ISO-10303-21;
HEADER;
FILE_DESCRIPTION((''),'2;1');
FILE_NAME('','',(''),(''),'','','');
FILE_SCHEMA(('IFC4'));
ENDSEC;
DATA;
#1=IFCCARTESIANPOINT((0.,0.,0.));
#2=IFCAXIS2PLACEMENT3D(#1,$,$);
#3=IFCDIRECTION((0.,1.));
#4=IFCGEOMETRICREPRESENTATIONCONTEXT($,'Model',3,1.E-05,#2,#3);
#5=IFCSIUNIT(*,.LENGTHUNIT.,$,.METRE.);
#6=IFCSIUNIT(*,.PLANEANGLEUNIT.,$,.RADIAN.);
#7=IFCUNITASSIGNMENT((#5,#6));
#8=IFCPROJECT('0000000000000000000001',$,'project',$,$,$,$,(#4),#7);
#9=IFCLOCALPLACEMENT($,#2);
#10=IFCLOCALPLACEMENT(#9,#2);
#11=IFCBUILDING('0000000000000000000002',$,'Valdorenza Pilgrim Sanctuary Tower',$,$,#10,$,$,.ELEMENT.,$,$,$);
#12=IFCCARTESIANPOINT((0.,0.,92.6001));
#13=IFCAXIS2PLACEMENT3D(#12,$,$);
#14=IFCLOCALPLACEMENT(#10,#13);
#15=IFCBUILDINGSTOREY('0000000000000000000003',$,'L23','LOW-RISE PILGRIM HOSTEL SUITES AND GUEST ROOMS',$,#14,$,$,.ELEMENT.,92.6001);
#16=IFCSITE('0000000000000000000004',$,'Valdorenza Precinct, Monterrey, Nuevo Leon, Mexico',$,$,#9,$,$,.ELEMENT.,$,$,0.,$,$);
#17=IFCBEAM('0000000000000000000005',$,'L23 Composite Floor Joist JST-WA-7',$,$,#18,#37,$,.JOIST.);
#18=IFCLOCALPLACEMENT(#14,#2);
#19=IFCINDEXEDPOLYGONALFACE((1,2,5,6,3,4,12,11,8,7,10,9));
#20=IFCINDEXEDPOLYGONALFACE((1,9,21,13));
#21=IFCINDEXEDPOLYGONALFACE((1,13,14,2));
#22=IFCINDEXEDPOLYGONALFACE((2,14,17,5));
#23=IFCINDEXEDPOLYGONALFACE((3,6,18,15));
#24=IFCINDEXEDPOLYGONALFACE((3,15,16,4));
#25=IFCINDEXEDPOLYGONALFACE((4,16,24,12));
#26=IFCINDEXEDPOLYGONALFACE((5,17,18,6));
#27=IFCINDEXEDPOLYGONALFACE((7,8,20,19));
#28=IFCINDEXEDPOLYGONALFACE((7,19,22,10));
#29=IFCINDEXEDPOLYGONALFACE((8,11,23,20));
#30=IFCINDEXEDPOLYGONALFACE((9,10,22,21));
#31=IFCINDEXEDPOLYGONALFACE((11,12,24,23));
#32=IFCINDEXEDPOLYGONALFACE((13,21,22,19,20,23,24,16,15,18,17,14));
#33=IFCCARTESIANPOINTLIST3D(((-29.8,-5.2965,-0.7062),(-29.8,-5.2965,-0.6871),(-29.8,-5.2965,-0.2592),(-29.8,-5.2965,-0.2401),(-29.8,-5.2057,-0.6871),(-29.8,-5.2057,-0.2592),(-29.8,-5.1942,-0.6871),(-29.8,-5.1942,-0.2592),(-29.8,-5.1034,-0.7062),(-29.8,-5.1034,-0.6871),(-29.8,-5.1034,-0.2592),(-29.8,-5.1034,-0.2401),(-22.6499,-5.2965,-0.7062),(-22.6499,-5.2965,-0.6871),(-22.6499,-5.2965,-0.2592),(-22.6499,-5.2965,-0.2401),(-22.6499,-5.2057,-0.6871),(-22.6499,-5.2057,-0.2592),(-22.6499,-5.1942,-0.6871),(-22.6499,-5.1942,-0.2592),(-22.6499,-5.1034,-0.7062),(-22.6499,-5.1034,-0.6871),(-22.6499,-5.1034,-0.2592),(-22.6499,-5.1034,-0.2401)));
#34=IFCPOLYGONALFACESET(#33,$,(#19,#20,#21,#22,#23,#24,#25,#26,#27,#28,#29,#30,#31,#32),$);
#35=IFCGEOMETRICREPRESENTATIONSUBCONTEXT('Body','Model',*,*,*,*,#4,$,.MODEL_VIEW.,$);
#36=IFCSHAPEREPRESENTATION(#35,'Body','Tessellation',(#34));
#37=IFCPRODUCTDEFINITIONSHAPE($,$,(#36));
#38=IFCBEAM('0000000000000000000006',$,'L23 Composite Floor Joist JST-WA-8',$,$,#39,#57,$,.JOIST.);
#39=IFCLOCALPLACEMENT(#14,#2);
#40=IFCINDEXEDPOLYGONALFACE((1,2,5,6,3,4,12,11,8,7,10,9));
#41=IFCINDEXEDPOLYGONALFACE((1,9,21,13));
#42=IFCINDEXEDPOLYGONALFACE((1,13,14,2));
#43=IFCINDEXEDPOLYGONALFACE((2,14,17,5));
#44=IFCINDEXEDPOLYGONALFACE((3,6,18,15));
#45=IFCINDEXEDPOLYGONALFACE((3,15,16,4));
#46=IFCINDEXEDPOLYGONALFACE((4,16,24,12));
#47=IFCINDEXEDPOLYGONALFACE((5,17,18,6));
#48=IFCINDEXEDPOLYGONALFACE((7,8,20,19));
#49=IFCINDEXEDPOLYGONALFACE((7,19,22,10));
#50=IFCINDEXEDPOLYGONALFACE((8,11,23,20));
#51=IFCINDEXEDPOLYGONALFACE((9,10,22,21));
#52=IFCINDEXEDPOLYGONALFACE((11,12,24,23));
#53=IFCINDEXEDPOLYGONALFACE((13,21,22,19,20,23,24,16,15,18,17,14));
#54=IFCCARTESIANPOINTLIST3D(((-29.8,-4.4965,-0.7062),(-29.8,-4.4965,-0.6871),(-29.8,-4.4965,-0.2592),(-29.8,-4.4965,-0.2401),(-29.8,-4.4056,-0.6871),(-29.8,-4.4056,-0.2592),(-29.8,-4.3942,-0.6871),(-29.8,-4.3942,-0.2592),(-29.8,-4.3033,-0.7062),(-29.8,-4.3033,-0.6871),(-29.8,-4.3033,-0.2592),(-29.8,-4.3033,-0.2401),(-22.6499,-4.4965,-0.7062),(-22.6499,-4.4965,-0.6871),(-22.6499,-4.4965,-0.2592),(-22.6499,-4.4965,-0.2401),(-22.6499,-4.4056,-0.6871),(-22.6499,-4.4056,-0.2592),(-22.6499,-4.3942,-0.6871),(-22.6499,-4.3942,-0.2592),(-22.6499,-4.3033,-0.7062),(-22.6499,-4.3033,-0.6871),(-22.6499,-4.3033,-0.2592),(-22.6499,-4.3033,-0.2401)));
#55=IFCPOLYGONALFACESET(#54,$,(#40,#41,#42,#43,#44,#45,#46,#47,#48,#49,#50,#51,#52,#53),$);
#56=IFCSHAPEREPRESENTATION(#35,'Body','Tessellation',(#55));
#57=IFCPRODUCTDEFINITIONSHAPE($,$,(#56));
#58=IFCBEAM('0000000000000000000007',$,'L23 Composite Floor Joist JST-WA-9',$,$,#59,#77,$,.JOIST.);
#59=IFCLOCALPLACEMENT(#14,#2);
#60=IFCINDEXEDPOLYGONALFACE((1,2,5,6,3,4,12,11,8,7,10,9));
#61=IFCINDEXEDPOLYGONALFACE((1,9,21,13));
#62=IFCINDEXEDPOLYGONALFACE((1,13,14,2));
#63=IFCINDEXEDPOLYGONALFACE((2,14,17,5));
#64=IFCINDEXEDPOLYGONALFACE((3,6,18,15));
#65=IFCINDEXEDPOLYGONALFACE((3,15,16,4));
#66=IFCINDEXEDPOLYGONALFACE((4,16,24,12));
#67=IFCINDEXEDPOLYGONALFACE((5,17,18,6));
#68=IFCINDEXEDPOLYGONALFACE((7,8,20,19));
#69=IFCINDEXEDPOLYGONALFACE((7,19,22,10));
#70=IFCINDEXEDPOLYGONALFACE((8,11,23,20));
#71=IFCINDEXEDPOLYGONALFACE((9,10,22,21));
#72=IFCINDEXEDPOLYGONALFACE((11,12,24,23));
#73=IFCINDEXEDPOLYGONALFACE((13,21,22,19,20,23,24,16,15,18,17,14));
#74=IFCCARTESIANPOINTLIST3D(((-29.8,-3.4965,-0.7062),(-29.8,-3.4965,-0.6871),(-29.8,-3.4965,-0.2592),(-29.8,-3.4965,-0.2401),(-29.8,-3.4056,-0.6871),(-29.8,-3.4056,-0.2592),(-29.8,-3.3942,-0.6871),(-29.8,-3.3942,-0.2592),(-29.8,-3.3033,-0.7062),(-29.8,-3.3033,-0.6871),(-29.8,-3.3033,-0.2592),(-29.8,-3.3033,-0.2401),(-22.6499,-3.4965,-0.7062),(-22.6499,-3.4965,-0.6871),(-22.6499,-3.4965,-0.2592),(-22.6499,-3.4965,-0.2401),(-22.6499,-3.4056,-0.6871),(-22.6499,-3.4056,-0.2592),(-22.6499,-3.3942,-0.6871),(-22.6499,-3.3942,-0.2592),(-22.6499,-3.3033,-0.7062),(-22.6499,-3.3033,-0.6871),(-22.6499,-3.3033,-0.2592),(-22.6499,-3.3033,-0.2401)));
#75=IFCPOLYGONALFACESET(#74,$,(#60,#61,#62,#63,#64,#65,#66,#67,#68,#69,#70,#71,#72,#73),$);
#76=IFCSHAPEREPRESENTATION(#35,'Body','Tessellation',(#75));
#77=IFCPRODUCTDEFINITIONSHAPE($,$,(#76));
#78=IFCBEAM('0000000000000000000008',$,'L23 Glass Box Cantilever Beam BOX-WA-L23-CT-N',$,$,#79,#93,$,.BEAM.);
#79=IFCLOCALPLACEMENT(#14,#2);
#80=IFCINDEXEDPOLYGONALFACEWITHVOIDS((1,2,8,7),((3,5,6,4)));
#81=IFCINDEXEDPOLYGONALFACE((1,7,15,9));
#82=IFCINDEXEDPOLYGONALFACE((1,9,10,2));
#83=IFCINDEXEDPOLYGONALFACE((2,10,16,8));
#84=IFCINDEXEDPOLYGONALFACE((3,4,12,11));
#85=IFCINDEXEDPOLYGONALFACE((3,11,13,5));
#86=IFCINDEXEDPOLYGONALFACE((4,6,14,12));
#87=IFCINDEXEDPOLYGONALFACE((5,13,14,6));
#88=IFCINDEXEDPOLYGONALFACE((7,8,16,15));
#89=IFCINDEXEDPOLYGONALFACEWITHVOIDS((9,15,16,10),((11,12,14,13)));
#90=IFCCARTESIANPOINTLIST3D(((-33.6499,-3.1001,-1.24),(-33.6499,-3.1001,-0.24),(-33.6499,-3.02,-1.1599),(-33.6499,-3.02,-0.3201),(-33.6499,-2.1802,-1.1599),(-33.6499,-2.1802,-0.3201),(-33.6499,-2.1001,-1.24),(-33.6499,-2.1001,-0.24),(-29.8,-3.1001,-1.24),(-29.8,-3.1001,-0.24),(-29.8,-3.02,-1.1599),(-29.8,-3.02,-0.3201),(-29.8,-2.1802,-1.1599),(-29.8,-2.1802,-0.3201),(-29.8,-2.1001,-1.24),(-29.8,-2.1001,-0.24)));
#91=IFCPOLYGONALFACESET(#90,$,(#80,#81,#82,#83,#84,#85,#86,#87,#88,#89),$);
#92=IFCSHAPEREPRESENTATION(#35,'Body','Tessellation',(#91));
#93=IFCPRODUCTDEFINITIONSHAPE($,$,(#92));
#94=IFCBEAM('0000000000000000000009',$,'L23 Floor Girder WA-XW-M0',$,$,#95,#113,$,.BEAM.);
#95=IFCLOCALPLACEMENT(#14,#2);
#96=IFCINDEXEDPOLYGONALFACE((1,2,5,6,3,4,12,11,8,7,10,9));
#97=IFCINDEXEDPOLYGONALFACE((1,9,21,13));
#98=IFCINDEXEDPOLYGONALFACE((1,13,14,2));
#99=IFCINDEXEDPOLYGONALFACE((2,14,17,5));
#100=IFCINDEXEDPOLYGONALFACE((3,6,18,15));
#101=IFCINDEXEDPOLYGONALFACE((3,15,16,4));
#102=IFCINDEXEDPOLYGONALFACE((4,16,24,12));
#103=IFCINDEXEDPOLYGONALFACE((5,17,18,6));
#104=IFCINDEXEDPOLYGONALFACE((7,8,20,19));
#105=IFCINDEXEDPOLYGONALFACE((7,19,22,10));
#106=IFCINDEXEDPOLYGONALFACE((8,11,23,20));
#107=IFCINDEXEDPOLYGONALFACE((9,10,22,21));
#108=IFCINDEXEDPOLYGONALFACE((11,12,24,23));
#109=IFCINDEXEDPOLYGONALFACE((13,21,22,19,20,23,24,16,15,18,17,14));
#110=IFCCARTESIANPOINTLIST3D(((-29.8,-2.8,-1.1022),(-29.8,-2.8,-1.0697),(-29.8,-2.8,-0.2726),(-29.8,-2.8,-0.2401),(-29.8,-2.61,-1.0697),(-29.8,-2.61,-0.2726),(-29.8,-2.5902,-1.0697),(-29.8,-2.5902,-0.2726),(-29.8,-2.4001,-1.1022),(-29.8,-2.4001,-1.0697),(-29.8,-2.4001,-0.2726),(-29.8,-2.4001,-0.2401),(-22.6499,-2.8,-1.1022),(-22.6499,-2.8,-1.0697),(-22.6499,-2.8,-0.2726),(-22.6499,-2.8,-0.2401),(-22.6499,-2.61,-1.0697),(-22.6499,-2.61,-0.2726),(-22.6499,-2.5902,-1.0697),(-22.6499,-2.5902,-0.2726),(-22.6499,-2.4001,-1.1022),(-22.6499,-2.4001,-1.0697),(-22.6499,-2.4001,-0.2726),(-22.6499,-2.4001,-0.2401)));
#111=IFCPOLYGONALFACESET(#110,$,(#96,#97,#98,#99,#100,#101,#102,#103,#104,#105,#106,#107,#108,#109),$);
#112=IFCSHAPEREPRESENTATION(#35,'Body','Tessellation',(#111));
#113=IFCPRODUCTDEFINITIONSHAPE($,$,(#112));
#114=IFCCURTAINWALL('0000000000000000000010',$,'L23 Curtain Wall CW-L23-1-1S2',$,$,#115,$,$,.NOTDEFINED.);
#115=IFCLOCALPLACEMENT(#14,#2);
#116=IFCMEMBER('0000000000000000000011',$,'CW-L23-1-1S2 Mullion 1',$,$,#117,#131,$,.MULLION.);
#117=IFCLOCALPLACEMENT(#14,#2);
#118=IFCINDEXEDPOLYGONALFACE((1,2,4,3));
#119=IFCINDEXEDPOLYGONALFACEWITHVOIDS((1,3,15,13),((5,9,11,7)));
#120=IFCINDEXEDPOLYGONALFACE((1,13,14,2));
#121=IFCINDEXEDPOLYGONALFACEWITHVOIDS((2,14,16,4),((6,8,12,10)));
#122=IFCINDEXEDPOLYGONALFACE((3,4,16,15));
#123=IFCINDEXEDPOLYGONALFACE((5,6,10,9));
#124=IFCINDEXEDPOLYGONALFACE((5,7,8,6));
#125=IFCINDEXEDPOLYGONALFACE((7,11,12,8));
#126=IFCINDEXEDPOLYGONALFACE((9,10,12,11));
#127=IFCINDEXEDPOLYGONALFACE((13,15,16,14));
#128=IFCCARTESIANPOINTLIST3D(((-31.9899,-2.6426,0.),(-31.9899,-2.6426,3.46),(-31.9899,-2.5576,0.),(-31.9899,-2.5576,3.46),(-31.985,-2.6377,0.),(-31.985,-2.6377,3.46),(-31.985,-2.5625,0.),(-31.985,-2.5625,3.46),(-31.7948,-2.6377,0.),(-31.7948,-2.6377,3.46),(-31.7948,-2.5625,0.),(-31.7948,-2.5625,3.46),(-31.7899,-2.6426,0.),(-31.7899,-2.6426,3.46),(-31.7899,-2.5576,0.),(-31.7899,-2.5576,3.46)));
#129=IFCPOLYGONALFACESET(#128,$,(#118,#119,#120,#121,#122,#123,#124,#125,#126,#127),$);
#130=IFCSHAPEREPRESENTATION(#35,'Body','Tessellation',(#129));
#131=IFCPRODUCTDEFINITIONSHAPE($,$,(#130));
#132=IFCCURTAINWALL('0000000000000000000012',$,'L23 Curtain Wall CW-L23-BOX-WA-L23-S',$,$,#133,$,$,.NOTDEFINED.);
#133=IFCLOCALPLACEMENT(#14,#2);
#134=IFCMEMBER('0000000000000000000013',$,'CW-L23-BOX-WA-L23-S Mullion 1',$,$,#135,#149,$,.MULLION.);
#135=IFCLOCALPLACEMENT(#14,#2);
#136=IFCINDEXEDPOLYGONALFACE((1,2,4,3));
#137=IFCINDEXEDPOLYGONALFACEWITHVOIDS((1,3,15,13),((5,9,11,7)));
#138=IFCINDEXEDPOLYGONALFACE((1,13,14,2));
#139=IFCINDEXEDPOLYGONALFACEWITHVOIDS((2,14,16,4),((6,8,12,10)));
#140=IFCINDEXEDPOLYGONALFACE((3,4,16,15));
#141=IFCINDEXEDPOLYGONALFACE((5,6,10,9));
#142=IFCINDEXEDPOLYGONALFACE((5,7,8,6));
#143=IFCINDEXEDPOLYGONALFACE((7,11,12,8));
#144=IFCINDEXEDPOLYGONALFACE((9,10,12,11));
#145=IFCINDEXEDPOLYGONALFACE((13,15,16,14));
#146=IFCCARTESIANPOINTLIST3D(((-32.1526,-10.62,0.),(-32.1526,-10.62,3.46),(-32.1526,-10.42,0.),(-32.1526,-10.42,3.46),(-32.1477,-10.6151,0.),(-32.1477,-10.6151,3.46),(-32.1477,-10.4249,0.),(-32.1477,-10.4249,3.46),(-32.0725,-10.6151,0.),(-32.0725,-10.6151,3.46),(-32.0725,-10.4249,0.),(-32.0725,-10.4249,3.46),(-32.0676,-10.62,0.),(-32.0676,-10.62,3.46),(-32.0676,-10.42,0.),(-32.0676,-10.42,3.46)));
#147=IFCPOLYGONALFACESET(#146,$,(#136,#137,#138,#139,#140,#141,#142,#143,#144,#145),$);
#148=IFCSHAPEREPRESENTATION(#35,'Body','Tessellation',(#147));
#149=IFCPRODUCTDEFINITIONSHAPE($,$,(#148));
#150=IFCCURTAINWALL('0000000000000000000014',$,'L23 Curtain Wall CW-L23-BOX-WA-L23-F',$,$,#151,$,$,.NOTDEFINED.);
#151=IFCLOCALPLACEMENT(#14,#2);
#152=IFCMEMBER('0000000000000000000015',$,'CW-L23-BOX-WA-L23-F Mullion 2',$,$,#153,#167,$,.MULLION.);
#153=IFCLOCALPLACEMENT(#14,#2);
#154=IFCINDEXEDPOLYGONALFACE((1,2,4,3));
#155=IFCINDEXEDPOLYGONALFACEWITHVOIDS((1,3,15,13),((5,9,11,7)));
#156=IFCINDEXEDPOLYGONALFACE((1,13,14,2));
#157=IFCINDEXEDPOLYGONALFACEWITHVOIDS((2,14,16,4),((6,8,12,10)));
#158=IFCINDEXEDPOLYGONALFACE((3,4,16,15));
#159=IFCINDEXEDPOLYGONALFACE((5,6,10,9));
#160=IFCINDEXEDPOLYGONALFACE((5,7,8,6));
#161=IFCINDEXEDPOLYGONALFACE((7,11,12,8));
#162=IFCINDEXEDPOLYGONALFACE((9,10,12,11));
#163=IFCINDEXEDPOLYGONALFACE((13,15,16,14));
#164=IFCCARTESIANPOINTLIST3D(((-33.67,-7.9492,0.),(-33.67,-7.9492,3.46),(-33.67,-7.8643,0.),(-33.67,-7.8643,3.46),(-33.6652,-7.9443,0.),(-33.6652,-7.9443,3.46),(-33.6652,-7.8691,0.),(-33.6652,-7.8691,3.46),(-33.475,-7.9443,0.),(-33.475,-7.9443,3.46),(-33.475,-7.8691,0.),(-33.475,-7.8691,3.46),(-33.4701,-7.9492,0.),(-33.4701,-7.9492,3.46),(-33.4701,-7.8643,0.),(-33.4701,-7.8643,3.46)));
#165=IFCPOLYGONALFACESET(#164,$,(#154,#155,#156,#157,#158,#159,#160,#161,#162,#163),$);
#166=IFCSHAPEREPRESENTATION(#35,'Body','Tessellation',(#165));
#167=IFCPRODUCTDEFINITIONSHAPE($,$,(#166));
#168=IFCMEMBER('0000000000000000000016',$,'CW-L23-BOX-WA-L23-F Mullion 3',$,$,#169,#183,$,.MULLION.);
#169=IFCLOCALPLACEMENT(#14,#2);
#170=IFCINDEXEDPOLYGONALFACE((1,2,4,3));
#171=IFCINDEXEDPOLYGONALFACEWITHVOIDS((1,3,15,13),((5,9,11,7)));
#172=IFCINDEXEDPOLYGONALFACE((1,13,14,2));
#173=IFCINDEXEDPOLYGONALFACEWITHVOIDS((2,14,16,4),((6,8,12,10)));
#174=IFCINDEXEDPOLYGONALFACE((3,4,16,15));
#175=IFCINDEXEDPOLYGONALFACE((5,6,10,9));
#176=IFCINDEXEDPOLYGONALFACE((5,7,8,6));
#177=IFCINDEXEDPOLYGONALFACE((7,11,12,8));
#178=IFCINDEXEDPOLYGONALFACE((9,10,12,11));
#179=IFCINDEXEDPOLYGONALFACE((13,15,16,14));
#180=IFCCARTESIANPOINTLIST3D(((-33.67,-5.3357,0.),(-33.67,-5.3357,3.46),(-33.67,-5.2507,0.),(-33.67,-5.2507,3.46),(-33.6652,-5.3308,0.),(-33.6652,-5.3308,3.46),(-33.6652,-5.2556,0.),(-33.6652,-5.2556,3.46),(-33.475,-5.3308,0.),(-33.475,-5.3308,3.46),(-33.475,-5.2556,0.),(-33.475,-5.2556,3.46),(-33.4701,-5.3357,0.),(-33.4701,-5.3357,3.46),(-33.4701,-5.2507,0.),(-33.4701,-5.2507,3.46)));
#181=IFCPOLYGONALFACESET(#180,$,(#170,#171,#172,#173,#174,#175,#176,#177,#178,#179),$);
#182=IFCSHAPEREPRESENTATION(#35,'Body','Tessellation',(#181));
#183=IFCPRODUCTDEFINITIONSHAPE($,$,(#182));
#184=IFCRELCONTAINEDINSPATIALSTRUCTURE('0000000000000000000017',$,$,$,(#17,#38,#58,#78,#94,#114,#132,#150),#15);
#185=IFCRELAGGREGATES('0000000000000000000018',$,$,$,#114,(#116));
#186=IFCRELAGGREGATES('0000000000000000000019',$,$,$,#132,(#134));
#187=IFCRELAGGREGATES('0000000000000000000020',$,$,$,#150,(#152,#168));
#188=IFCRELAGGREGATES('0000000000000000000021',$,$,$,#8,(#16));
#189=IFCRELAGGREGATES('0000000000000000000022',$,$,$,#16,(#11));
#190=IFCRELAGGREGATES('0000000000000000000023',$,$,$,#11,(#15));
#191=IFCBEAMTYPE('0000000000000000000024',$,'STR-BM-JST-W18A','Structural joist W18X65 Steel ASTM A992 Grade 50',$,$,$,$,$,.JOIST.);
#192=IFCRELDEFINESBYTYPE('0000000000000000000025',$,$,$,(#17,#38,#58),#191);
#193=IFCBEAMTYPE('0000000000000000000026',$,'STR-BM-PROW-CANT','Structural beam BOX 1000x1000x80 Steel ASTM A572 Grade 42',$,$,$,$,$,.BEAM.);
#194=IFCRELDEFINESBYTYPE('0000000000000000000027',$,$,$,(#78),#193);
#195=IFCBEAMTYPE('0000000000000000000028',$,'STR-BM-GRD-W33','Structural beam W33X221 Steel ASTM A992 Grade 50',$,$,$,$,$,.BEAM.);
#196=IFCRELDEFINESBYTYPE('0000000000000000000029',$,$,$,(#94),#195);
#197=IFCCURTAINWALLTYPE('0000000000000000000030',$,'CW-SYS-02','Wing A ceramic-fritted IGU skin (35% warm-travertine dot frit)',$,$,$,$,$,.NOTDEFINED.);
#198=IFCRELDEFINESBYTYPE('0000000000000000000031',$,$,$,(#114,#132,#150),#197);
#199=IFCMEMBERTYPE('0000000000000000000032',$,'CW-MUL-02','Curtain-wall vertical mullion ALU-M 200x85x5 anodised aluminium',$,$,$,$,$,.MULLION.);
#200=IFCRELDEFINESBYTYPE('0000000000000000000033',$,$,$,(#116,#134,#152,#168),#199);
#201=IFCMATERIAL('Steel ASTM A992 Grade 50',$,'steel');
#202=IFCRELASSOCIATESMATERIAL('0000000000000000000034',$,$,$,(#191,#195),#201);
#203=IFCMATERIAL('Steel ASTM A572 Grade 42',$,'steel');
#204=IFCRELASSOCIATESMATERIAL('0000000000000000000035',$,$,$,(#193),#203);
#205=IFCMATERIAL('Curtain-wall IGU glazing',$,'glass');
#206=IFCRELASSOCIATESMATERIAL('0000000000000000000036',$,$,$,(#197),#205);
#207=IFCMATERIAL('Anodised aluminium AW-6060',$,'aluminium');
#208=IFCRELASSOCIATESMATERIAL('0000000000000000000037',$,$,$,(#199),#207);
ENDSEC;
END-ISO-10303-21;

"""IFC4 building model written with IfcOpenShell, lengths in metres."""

from ifc_helpers import new_model, si_unit, direction, frame, origin, origin_2d, place, context, subcontext, project, spatial, hollow_rectangle, i_section, extrude, source, transform, mapped, material, material_profile, profile_set, type_object, element, aggregate, save


model = new_model("IFC4")

# Units and contexts
model_context = context("Model", 3, precision=1e-05, world=origin(), true_north=direction((0.0, 1.0)))
body_context = subcontext(model_context, "Body", "Model", "MODEL_VIEW")
ifc_project = project(units=[si_unit("LENGTHUNIT", "METRE"), si_unit("PLANEANGLEUNIT", "RADIAN")], contexts=[model_context])

# Site, building, storey
site_placement = place(None, origin())
site = spatial("IfcSite", under=ifc_project, at=site_placement, Name="Valdorenza Precinct, Monterrey, Nuevo Leon, Mexico", CompositionType="ELEMENT", RefElevation=0.0)
building_placement = place(site_placement, origin())
building = spatial("IfcBuilding", under=site, at=building_placement, Name="Valdorenza Pilgrim Sanctuary Tower", CompositionType="ELEMENT")
storey_placement = place(building_placement, frame((0.0, 0.0, 92.6001)))
storey = spatial("IfcBuildingStorey", under=building, at=storey_placement, Name="L23", Description="LOW-RISE PILGRIM HOSTEL SUITES AND GUEST ROOMS", CompositionType="ELEMENT", Elevation=92.6001)

# Beams
ifc_material_1 = material(Name="Steel ASTM A992 Grade 50", Category="steel")
ifc_material_profile_1 = material_profile(ifc_material_1, i_section(OverallWidth=0.1931, OverallDepth=0.4661, WebThickness=0.0115, FlangeThickness=0.019, at=origin_2d()), Name="W18X65")
ifc_profile_set_1 = profile_set([ifc_material_profile_1], Name="Steel ASTM A992 Grade 50")
beam_type_1 = type_object("IfcBeamType", Name="STR-BM-JST-W18A", Description="Structural joist W18X65 Steel ASTM A992 Grade 50", PredefinedType="JOIST", material=ifc_profile_set_1)
shared_shape_1 = source(origin(), body_context, "Body", "SweptSolid", [
    extrude(i_section(OverallWidth=0.1931, OverallDepth=0.4661, WebThickness=0.0115, FlangeThickness=0.019, at=origin_2d()), origin(), (0.0, 0.0, 1.0), 7.1501),
])
for number, where, z_axis, x_axis, name in (
    (1, (-29.8, -5.2, -0.4731), (1.0, 0.0, 0.0), (0.0, 1.0, 0.0), "L23 Composite Floor Joist JST-WA-7"),
    (2, (-29.8, -4.3999, -0.4731), (1.0, 0.0, 0.0), (0.0, 1.0, 0.0), "L23 Composite Floor Joist JST-WA-8"),
    (3, (-29.8, -3.3999, -0.4731), (1.0, 0.0, 0.0), (0.0, 1.0, 0.0), "L23 Composite Floor Joist JST-WA-9"),
):
    element("IfcBeam", number, at=place(storey_placement, frame(where, z_axis=z_axis, x_axis=x_axis)), inside=storey, type_object=beam_type_1, Name=name, PredefinedType="JOIST", context=body_context, shape_type="MappedRepresentation", body=[
        mapped(shared_shape_1, transform((0.0, 0.0, 0.0), x_axis=(1.0, 0.0, 0.0), y_axis=(0.0, 1.0, 0.0), z_axis=(0.0, 0.0, 1.0), scale=1.0)),
    ])
ifc_material_2 = material(Name="Steel ASTM A572 Grade 42", Category="steel")
ifc_material_profile_2 = material_profile(ifc_material_2, hollow_rectangle(XDim=1.0, YDim=1.0, WallThickness=0.0801, at=origin_2d()), Name="BOX 1000x1000x80")
ifc_profile_set_2 = profile_set([ifc_material_profile_2], Name="Steel ASTM A572 Grade 42")
beam_type_2 = type_object("IfcBeamType", Name="STR-BM-PROW-CANT", Description="Structural beam BOX 1000x1000x80 Steel ASTM A572 Grade 42", PredefinedType="BEAM", material=ifc_profile_set_2)
shared_shape_2 = source(origin(), body_context, "Body", "SweptSolid", [
    extrude(hollow_rectangle(XDim=1.0, YDim=1.0, WallThickness=0.0801, at=origin_2d()), origin(), (0.0, 0.0, 1.0), 3.8499),
])
beam_1_placement = place(storey_placement, frame((-29.8, -2.6001, -0.74), z_axis=(-1.0, 0.0, 0.0), x_axis=(0.0, -1.0, 0.0)))
element("IfcBeam", 4, at=beam_1_placement, inside=storey, type_object=beam_type_2, Name="L23 Glass Box Cantilever Beam BOX-WA-L23-CT-N", PredefinedType="BEAM", context=body_context, shape_type="MappedRepresentation", body=[
    mapped(shared_shape_2, transform((0.0, 0.0, 0.0), x_axis=(1.0, 0.0, 0.0), y_axis=(0.0, 1.0, 0.0), z_axis=(0.0, 0.0, 1.0), scale=1.0)),
])
ifc_material_profile_3 = material_profile(ifc_material_1, i_section(OverallWidth=0.3999, OverallDepth=0.8621, WebThickness=0.0198, FlangeThickness=0.0325, at=origin_2d()), Name="W33X221")
ifc_profile_set_3 = profile_set([ifc_material_profile_3], Name="Steel ASTM A992 Grade 50")
beam_type_3 = type_object("IfcBeamType", Name="STR-BM-GRD-W33", Description="Structural beam W33X221 Steel ASTM A992 Grade 50", PredefinedType="BEAM", material=ifc_profile_set_3)
shared_shape_3 = source(origin(), body_context, "Body", "SweptSolid", [
    extrude(i_section(OverallWidth=0.3999, OverallDepth=0.8621, WebThickness=0.0198, FlangeThickness=0.0325, at=origin_2d()), origin(), (0.0, 0.0, 1.0), 7.1501),
])
beam_2_placement = place(storey_placement, frame((-29.8, -2.6001, -0.6711), z_axis=(1.0, 0.0, 0.0), x_axis=(0.0, 1.0, 0.0)))
element("IfcBeam", 5, at=beam_2_placement, inside=storey, type_object=beam_type_3, Name="L23 Floor Girder WA-XW-M0", PredefinedType="BEAM", context=body_context, shape_type="MappedRepresentation", body=[
    mapped(shared_shape_3, transform((0.0, 0.0, 0.0), x_axis=(1.0, 0.0, 0.0), y_axis=(0.0, 1.0, 0.0), z_axis=(0.0, 0.0, 1.0), scale=1.0)),
])

# Curtain walls, members
ifc_material_3 = material(Name="Curtain-wall IGU glazing", Category="glass")
curtain_wall_type = type_object("IfcCurtainWallType", Name="CW-SYS-02", Description="Wing A ceramic-fritted IGU skin (35% warm-travertine dot frit)", PredefinedType="NOTDEFINED", material=ifc_material_3)
curtain_wall_1_placement = place(storey_placement, origin())
curtain_wall_1 = element("IfcCurtainWall", 6, at=curtain_wall_1_placement, inside=storey, type_object=curtain_wall_type, Name="L23 Curtain Wall CW-L23-1-1S2", PredefinedType="NOTDEFINED")
ifc_material_4 = material(Name="Anodised aluminium AW-6060", Category="aluminium")
ifc_material_profile_4 = material_profile(ifc_material_4, hollow_rectangle(XDim=0.085, YDim=0.2, WallThickness=0.0049, at=origin_2d()), Name="ALU-M 200x85x5")
ifc_profile_set_4 = profile_set([ifc_material_profile_4], Name="Anodised aluminium AW-6060")
member_type_1 = type_object("IfcMemberType", Name="CW-MUL-02", Description="Curtain-wall vertical mullion ALU-M 200x85x5 anodised aluminium", PredefinedType="MULLION", material=ifc_profile_set_4)
shared_shape_4 = source(origin(), body_context, "Body", "SweptSolid", [
    extrude(hollow_rectangle(XDim=0.085, YDim=0.2, WallThickness=0.0049, at=origin_2d()), origin(), (0.0, 0.0, 1.0), 3.46),
])
member_1_placement = place(storey_placement, frame((-31.8899, -2.6001, 0.0), z_axis=(0.0, 0.0, 1.0), x_axis=(0.0, 1.0, 0.0)))
member_1 = element("IfcMember", 7, at=member_1_placement, type_object=member_type_1, Name="CW-L23-1-1S2 Mullion 1", PredefinedType="MULLION", context=body_context, shape_type="MappedRepresentation", body=[
    mapped(shared_shape_4, transform((0.0, 0.0, 0.0), x_axis=(1.0, 0.0, 0.0), y_axis=(0.0, 1.0, 0.0), z_axis=(0.0, 0.0, 1.0), scale=1.0)),
])
curtain_wall_2_placement = place(storey_placement, origin())
curtain_wall_2 = element("IfcCurtainWall", 8, at=curtain_wall_2_placement, inside=storey, type_object=curtain_wall_type, Name="L23 Curtain Wall CW-L23-BOX-WA-L23-S", PredefinedType="NOTDEFINED")
member_2_placement = place(storey_placement, frame((-32.1101, -10.52, 0.0), z_axis=(0.0, 0.0, 1.0), x_axis=(-1.0, 0.0, 0.0)))
member_2 = element("IfcMember", 9, at=member_2_placement, type_object=member_type_1, Name="CW-L23-BOX-WA-L23-S Mullion 1", PredefinedType="MULLION", context=body_context, shape_type="MappedRepresentation", body=[
    mapped(shared_shape_4, transform((0.0, 0.0, 0.0), x_axis=(1.0, 0.0, 0.0), y_axis=(0.0, 1.0, 0.0), z_axis=(0.0, 0.0, 1.0), scale=1.0)),
])

# Curtain wall, members
curtain_wall_3_placement = place(storey_placement, origin())
curtain_wall_3 = element("IfcCurtainWall", 10, at=curtain_wall_3_placement, inside=storey, type_object=curtain_wall_type, Name="L23 Curtain Wall CW-L23-BOX-WA-L23-F", PredefinedType="NOTDEFINED")
member_3_placement = place(storey_placement, frame((-33.5701, -7.9067, 0.0), z_axis=(0.0, 0.0, 1.0), x_axis=(0.0, 1.0, 0.0)))
member_3 = element("IfcMember", 11, at=member_3_placement, type_object=member_type_1, Name="CW-L23-BOX-WA-L23-F Mullion 2", PredefinedType="MULLION", context=body_context, shape_type="MappedRepresentation", body=[
    mapped(shared_shape_4, transform((0.0, 0.0, 0.0), x_axis=(1.0, 0.0, 0.0), y_axis=(0.0, 1.0, 0.0), z_axis=(0.0, 0.0, 1.0), scale=1.0)),
])
member_4_placement = place(storey_placement, frame((-33.5701, -5.2932, 0.0), z_axis=(0.0, 0.0, 1.0), x_axis=(0.0, 1.0, 0.0)))
member_4 = element("IfcMember", 12, at=member_4_placement, type_object=member_type_1, Name="CW-L23-BOX-WA-L23-F Mullion 3", PredefinedType="MULLION", context=body_context, shape_type="MappedRepresentation", body=[
    mapped(shared_shape_4, transform((0.0, 0.0, 0.0), x_axis=(1.0, 0.0, 0.0), y_axis=(0.0, 1.0, 0.0), z_axis=(0.0, 0.0, 1.0), scale=1.0)),
])

aggregate(curtain_wall_1, [member_1])

aggregate(curtain_wall_2, [member_2])
aggregate(curtain_wall_3, [member_3, member_4])

save(model, "model.ifc")
